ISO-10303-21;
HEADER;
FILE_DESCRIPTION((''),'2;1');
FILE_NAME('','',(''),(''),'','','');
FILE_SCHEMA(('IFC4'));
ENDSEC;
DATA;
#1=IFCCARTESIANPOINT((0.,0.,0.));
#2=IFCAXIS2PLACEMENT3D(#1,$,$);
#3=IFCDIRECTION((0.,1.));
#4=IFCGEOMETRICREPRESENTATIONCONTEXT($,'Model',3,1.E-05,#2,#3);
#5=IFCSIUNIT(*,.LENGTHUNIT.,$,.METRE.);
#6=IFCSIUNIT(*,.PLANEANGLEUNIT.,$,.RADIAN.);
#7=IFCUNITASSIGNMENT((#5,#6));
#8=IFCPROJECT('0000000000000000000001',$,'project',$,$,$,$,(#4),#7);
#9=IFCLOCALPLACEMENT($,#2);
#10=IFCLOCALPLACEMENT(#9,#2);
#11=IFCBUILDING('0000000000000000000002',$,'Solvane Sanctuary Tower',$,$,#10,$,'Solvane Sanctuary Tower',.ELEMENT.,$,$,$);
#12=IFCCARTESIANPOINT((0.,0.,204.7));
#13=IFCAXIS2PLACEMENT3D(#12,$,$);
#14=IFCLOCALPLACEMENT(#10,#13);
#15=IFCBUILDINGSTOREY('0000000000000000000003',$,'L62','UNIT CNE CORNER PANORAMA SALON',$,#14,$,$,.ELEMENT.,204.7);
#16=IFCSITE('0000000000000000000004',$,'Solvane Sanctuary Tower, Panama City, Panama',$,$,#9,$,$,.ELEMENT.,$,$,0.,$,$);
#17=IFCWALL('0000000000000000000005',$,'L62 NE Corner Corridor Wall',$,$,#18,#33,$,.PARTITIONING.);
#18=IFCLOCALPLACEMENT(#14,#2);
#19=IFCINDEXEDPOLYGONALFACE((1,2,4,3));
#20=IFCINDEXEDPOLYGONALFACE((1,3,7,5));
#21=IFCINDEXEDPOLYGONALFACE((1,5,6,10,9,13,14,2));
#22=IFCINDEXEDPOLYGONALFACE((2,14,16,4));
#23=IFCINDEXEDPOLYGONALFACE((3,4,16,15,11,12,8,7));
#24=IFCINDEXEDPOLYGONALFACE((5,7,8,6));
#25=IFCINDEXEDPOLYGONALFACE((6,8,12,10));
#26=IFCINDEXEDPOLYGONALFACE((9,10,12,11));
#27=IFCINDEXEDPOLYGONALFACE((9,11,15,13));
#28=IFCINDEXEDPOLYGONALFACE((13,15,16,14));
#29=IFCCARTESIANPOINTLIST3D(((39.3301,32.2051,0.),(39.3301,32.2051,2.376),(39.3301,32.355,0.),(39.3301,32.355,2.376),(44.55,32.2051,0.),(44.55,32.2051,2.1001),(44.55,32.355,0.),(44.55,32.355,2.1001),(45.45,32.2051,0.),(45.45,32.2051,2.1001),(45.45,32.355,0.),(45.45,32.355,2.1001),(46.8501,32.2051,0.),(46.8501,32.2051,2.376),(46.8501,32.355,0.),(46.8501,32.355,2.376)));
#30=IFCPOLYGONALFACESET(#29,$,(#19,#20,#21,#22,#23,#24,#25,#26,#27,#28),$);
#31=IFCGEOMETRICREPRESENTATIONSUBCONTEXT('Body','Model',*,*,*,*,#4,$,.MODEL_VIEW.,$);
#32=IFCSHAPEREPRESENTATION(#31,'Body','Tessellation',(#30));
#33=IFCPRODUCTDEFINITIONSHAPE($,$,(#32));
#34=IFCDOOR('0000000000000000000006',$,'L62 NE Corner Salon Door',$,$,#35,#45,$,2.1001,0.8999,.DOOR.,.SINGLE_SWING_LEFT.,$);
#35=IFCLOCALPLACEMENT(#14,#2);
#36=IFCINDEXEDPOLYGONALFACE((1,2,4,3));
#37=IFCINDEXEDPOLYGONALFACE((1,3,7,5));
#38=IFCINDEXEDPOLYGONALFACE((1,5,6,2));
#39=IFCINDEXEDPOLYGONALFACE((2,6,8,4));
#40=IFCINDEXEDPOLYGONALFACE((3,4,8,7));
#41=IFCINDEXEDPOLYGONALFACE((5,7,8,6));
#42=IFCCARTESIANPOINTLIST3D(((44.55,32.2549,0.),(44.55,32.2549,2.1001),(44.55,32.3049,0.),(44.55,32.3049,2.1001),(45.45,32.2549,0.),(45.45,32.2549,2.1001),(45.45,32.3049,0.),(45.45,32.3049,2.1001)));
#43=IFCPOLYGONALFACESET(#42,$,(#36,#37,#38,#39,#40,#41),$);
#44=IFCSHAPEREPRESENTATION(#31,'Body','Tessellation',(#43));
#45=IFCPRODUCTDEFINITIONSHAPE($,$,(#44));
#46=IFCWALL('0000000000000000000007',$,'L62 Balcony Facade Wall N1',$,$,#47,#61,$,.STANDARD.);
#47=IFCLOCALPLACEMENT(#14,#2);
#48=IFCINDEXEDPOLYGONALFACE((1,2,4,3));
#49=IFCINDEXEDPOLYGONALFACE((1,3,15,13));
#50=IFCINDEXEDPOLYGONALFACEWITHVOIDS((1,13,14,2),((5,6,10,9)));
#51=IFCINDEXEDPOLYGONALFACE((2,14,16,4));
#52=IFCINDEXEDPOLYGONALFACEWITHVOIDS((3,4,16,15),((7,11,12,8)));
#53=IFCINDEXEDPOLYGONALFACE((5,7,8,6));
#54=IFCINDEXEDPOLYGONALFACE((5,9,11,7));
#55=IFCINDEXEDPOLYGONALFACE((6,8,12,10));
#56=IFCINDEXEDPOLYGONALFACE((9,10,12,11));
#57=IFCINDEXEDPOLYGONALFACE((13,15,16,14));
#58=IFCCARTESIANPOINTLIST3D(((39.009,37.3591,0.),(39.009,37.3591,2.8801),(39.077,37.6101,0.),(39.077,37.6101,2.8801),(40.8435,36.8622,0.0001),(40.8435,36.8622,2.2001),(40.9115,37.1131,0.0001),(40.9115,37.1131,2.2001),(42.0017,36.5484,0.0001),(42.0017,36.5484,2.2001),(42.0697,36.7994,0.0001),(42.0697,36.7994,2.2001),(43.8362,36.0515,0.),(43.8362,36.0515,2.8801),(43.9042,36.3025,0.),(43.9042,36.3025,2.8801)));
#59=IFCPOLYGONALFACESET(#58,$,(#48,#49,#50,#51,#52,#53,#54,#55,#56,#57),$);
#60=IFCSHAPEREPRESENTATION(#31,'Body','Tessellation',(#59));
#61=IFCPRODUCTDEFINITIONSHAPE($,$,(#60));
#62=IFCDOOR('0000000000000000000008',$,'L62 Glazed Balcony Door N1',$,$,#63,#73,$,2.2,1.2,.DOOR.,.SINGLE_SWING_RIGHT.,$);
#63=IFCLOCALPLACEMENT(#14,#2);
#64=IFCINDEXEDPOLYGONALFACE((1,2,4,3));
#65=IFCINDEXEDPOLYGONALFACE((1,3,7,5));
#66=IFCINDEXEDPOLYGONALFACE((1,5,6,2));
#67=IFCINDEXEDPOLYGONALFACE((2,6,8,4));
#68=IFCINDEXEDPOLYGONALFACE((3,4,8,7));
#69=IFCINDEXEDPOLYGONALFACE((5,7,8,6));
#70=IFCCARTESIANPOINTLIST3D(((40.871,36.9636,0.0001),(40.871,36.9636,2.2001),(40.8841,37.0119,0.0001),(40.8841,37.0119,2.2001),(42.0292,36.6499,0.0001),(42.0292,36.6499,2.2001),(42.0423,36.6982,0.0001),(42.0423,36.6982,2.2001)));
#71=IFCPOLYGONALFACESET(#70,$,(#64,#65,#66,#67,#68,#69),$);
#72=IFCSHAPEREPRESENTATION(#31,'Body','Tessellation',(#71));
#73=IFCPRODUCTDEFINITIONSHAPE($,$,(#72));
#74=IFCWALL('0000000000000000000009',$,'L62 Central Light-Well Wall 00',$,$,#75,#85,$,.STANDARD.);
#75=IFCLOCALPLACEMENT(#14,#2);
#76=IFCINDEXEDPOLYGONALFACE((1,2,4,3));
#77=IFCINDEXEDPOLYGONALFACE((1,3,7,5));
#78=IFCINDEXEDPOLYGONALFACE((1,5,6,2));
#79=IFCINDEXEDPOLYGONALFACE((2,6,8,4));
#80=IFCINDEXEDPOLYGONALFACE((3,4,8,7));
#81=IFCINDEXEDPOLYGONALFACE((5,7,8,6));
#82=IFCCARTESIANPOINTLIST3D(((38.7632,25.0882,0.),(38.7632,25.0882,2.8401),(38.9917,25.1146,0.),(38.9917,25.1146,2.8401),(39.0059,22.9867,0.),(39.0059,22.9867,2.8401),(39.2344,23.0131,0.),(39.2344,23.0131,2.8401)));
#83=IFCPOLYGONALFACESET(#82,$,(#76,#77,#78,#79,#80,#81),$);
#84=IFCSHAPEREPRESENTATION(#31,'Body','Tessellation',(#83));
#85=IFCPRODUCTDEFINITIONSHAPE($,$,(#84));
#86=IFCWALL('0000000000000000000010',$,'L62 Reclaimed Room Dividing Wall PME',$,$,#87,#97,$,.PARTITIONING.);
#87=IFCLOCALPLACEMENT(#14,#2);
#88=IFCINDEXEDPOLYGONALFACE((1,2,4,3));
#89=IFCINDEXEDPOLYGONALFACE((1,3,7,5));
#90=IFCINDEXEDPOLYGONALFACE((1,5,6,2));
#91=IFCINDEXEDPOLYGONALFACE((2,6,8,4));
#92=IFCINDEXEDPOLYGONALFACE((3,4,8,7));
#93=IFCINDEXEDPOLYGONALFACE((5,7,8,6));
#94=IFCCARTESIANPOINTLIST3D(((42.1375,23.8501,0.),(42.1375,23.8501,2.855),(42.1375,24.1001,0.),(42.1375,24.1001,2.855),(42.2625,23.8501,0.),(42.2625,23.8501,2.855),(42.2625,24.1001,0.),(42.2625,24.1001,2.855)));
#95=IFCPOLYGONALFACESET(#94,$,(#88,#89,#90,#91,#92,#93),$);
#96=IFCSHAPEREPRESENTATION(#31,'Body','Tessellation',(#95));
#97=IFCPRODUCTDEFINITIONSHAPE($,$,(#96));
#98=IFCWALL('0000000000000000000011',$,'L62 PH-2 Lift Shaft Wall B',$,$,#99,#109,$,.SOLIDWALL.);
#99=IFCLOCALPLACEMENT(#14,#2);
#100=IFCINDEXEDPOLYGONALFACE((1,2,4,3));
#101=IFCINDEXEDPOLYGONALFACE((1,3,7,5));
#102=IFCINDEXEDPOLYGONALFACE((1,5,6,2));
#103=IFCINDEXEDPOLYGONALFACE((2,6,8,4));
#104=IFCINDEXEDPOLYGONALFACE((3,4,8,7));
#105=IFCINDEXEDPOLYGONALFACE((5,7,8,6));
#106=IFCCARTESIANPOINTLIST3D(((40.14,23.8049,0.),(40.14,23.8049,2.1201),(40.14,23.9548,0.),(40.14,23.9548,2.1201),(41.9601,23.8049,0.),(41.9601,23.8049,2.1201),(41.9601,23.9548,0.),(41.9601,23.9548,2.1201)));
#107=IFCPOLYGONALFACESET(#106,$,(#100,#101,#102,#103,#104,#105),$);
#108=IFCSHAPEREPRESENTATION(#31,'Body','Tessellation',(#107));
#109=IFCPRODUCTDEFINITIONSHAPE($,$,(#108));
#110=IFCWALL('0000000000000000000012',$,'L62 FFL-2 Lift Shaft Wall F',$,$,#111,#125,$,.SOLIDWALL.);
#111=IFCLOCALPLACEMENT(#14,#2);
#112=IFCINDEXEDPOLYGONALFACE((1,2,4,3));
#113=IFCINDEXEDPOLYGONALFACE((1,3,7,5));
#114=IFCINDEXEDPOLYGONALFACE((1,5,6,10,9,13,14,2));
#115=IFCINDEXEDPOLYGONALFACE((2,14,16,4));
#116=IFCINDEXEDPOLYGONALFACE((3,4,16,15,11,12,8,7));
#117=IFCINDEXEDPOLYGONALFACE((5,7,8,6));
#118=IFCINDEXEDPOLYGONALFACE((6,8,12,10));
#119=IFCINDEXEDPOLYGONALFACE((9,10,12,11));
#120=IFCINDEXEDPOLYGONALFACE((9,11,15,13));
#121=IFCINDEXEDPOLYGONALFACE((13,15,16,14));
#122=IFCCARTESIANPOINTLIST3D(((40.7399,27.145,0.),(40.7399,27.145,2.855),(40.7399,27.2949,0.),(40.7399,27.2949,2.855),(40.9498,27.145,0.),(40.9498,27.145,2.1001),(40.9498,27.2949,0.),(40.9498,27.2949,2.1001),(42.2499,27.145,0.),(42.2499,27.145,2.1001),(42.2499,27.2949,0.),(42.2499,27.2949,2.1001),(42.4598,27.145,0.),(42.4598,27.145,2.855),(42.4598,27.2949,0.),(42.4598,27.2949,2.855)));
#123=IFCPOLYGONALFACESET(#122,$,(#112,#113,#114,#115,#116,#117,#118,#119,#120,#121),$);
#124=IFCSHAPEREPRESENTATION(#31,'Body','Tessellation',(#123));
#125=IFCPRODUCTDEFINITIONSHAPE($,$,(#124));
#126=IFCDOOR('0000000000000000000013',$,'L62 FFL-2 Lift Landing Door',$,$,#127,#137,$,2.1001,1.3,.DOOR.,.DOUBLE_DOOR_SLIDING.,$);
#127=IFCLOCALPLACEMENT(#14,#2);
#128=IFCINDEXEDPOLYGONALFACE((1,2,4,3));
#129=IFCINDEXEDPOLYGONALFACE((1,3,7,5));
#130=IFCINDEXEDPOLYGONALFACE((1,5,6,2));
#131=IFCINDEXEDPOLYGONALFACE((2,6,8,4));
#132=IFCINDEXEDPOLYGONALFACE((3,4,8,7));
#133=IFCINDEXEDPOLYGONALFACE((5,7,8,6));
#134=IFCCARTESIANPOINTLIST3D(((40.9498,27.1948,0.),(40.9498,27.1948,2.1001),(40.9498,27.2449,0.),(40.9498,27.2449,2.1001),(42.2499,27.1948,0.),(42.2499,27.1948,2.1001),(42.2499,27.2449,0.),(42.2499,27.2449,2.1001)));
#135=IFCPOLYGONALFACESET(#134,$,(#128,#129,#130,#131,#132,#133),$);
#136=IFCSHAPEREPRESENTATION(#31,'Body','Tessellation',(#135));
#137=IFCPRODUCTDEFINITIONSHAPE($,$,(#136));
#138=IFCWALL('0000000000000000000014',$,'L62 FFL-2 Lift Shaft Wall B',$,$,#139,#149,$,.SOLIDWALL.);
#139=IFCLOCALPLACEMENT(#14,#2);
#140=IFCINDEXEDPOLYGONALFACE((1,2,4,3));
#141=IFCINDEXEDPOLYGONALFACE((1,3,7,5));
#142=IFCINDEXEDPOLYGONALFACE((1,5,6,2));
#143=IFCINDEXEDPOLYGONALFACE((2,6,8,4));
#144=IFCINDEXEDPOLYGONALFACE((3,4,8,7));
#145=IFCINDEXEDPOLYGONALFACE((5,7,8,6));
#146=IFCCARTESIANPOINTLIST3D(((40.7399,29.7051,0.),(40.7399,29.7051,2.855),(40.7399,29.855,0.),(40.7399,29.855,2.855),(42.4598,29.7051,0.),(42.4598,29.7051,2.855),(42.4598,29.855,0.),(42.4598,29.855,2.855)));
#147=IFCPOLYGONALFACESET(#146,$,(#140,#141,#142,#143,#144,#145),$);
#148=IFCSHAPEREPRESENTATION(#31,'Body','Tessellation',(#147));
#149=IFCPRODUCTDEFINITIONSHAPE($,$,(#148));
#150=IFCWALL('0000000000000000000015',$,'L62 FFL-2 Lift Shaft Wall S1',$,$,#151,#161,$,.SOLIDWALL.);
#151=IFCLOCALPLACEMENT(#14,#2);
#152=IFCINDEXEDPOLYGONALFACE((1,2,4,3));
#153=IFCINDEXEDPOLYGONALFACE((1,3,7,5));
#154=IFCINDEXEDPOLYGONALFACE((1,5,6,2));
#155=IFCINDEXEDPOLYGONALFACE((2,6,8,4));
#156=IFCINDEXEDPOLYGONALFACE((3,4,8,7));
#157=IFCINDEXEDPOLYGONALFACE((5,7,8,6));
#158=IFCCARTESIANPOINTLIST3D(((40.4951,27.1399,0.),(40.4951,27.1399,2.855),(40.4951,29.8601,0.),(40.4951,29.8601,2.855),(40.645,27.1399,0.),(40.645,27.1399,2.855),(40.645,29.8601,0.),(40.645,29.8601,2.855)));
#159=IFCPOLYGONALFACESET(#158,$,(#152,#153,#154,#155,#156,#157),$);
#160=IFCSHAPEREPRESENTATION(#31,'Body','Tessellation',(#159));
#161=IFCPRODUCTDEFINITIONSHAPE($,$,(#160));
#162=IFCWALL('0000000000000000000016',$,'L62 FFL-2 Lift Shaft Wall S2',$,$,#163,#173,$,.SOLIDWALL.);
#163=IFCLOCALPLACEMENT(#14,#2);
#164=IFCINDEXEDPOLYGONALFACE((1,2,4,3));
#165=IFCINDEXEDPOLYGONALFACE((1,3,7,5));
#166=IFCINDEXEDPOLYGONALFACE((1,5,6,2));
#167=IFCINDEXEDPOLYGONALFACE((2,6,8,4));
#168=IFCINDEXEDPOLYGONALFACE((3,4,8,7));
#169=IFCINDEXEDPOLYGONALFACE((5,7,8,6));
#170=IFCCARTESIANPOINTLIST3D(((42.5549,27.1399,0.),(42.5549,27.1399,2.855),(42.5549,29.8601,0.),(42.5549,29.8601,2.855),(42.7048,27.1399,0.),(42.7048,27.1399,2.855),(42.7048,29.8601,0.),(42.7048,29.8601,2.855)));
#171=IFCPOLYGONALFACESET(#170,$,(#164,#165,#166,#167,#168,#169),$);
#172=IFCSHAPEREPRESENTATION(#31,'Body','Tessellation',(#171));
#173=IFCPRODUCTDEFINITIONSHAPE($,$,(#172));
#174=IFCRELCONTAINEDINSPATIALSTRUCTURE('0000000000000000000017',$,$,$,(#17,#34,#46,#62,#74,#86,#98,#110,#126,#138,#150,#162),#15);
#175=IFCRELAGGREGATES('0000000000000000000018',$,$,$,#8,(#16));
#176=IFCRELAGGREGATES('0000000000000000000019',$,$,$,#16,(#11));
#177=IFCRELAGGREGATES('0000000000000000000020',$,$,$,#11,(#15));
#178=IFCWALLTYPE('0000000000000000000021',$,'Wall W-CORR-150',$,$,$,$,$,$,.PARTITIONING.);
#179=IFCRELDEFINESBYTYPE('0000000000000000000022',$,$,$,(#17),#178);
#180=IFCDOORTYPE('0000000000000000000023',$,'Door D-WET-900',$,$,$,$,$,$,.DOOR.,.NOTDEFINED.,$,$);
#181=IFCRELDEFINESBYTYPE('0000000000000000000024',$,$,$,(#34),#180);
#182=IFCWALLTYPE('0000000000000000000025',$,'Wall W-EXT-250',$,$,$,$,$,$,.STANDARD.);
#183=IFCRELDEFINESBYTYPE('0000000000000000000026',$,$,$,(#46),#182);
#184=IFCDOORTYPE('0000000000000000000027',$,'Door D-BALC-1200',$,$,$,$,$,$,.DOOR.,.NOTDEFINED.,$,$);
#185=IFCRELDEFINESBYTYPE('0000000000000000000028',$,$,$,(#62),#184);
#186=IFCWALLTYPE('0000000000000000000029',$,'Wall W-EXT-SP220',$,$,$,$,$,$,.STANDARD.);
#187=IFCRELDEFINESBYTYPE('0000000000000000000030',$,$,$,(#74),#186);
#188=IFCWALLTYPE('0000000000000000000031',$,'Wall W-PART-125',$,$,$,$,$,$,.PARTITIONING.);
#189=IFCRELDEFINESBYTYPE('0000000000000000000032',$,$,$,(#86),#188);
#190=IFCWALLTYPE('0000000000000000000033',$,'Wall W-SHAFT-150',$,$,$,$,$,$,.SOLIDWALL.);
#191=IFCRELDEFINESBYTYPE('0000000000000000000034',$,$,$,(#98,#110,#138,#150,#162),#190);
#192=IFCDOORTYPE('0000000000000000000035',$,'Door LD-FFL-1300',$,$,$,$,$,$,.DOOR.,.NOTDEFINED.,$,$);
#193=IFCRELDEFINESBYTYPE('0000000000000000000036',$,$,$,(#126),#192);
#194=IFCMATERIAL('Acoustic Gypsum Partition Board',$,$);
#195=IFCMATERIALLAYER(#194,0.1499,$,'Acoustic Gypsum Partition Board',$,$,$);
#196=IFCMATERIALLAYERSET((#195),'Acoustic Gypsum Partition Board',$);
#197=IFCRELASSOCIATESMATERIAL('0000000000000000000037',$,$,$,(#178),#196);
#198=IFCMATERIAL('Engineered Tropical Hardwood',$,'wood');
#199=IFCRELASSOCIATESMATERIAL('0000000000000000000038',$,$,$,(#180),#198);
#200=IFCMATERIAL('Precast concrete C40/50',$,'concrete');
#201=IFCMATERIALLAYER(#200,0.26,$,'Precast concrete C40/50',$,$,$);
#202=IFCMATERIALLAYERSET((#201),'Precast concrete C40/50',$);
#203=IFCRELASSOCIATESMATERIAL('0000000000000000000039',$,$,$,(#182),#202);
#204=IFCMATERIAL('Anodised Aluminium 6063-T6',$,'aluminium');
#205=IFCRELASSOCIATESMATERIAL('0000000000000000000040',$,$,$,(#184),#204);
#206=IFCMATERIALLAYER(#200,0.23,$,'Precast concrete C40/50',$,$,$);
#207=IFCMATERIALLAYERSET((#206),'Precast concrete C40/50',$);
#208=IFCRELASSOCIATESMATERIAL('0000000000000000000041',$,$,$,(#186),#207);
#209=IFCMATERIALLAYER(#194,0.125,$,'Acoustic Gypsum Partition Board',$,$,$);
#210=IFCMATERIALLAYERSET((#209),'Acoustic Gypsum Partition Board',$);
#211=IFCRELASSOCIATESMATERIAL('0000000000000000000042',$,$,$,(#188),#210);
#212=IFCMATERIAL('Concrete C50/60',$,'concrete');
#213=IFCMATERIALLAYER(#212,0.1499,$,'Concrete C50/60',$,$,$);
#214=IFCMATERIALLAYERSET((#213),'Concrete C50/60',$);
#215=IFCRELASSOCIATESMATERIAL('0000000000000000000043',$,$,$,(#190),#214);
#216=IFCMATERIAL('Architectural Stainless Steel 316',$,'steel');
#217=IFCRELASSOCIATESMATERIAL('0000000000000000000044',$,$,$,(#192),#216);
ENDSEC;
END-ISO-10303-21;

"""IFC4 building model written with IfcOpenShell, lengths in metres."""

from ifc_helpers import new_model, si_unit, direction, frame, frame_2d, origin, place, context, subcontext, project, spatial, rectangle, extrude, material, layer, layer_set, type_object, element, fill, save


model = new_model("IFC4")

# Units and contexts
model_context = context("Model", 3, precision=1e-05, world=origin(), true_north=direction((0.0, 1.0)))
body_context = subcontext(model_context, "Body", "Model", "MODEL_VIEW")
ifc_project = project(units=[si_unit("LENGTHUNIT", "METRE"), si_unit("PLANEANGLEUNIT", "RADIAN")], contexts=[model_context])

# Site, building, storey
site_placement = place(None, origin())
site = spatial("IfcSite", under=ifc_project, at=site_placement, Name="Solvane Sanctuary Tower, Panama City, Panama", CompositionType="ELEMENT", RefElevation=0.0)
building_placement = place(site_placement, origin())
building = spatial("IfcBuilding", under=site, at=building_placement, Name="Solvane Sanctuary Tower", LongName="Solvane Sanctuary Tower", CompositionType="ELEMENT")
storey_placement = place(building_placement, frame((0.0, 0.0, 204.7)))
storey = spatial("IfcBuildingStorey", under=building, at=storey_placement, Name="L62", Description="UNIT CNE CORNER PANORAMA SALON", CompositionType="ELEMENT", Elevation=204.7)

# Shared definitions
ifc_material_1 = material(Name="Concrete C50/60", Category="concrete")

# Shared definitions
ifc_material_2 = material(Name="Acoustic Gypsum Partition Board")
ifc_layer_1 = layer(ifc_material_2, 0.1499, Name="Acoustic Gypsum Partition Board")
ifc_layer_set_1 = layer_set([ifc_layer_1], Name="Acoustic Gypsum Partition Board")
wall_type_1 = type_object("IfcWallType", Name="Wall W-CORR-150", PredefinedType="PARTITIONING", material=ifc_layer_set_1)

# Walls, openings, doors
ifc_material_3 = material(Name="Architectural Stainless Steel 316", Category="steel")
wall_1_placement = place(storey_placement, frame((39.3301, 32.28, 0.0), z_axis=(0.0, 0.0, 1.0), x_axis=(1.0, 0.0, 0.0)))
wall_1 = element("IfcWall", 1, at=wall_1_placement, inside=storey, type_object=wall_type_1, Name="L62 NE Corner Corridor Wall", PredefinedType="PARTITIONING", context=body_context, shape_type="SweptSolid", body=[
    extrude(rectangle(XDim=7.52, YDim=0.1499, at=frame_2d((3.76, 0.0))), origin(), (0.0, 0.0, 1.0), 2.376),
])
opening_1_placement = place(wall_1_placement, frame((5.22, 0.0, 0.0)))
opening_1 = element("IfcOpeningElement", 2, at=opening_1_placement, cuts=wall_1, PredefinedType="OPENING", context=body_context, shape_type="SweptSolid", body=[
    extrude(rectangle(XDim=0.8999, YDim=2.1001, at=frame_2d((0.45, 1.05))), frame((0.0, 0.085, 0.0), z_axis=(0.0, -1.0, 0.0), x_axis=(1.0, 0.0, 0.0)), (0.0, 0.0, 1.0), 0.1699),
])
ifc_material_4 = material(Name="Engineered Tropical Hardwood", Category="wood")
door_type_1 = type_object("IfcDoorType", Name="Door D-WET-900", OperationType="NOTDEFINED", PredefinedType="DOOR", material=ifc_material_4)
door_1_placement = place(opening_1_placement, origin())
door_1 = element("IfcDoor", 3, at=door_1_placement, inside=storey, type_object=door_type_1, Name="L62 NE Corner Salon Door", OperationType="SINGLE_SWING_LEFT", OverallHeight=2.1001, OverallWidth=0.8999, PredefinedType="DOOR", context=body_context, shape_type="SweptSolid", body=[
    extrude(rectangle(XDim=0.8999, YDim=2.1001, at=frame_2d((0.45, 1.05))), frame((0.0, 0.0249, 0.0), z_axis=(0.0, -1.0, 0.0), x_axis=(1.0, 0.0, 0.0)), (0.0, 0.0, 1.0), 0.05),
])
fill(opening_1, door_1)
ifc_material_5 = material(Name="Precast concrete C40/50", Category="concrete")
ifc_layer_2 = layer(ifc_material_5, 0.26, Name="Precast concrete C40/50")
ifc_layer_set_2 = layer_set([ifc_layer_2], Name="Precast concrete C40/50")
wall_type_2 = type_object("IfcWallType", Name="Wall W-EXT-250", PredefinedType="STANDARD", material=ifc_layer_set_2)
wall_2_placement = place(storey_placement, frame((43.8701, 36.177, 0.0), z_axis=(0.0, 0.0, 1.0), x_axis=(-0.965213, 0.261465, 0.0)))
wall_2 = element("IfcWall", 4, at=wall_2_placement, inside=storey, type_object=wall_type_2, Name="L62 Balcony Facade Wall N1", PredefinedType="STANDARD", context=body_context, shape_type="SweptSolid", body=[
    extrude(rectangle(XDim=5.0012, YDim=0.26, at=frame_2d((2.5005, 0.0))), origin(), (0.0, 0.0, 1.0), 2.8801),
])
opening_2_placement = place(wall_2_placement, frame((1.9004, 0.0, 0.0)))
opening_2 = element("IfcOpeningElement", 5, at=opening_2_placement, cuts=wall_2, PredefinedType="OPENING", context=body_context, shape_type="SweptSolid", body=[
    extrude(rectangle(XDim=1.2, YDim=2.2, at=frame_2d((0.6001, 1.1001))), frame((0.0, 0.1399, 0.0), z_axis=(0.0, -1.0, 0.0), x_axis=(1.0, 0.0, 0.0)), (0.0, 0.0, 1.0), 0.28),
])
ifc_material_6 = material(Name="Anodised Aluminium 6063-T6", Category="aluminium")
door_type_2 = type_object("IfcDoorType", Name="Door D-BALC-1200", OperationType="NOTDEFINED", PredefinedType="DOOR", material=ifc_material_6)
door_2_placement = place(opening_2_placement, origin())
door_2 = element("IfcDoor", 6, at=door_2_placement, inside=storey, type_object=door_type_2, Name="L62 Glazed Balcony Door N1", OperationType="SINGLE_SWING_RIGHT", OverallHeight=2.2, OverallWidth=1.2, PredefinedType="DOOR", context=body_context, shape_type="SweptSolid", body=[
    extrude(rectangle(XDim=1.2, YDim=2.2, at=frame_2d((0.6001, 1.1001))), frame((0.0, 0.0249, 0.0), z_axis=(0.0, -1.0, 0.0), x_axis=(1.0, 0.0, 0.0)), (0.0, 0.0, 1.0), 0.05),
])
fill(opening_2, door_2)

# Walls
ifc_layer_3 = layer(ifc_material_5, 0.23, Name="Precast concrete C40/50")
ifc_layer_set_3 = layer_set([ifc_layer_3], Name="Precast concrete C40/50")
wall_type_3 = type_object("IfcWallType", Name="Wall W-EXT-SP220", PredefinedType="STANDARD", material=ifc_layer_set_3)
wall_3_placement = place(storey_placement, frame((39.1201, 23.0, 0.0), z_axis=(0.0, 0.0, 1.0), x_axis=(-0.114712, 0.993399, 0.0)))
element("IfcWall", 7, at=wall_3_placement, inside=storey, type_object=wall_type_3, Name="L62 Central Light-Well Wall 00", PredefinedType="STANDARD", context=body_context, shape_type="SweptSolid", body=[
    extrude(rectangle(XDim=2.1155, YDim=0.23, at=frame_2d((1.0576, 0.0))), origin(), (0.0, 0.0, 1.0), 2.8401),
])
ifc_layer_4 = layer(ifc_material_2, 0.125, Name="Acoustic Gypsum Partition Board")
ifc_layer_set_4 = layer_set([ifc_layer_4], Name="Acoustic Gypsum Partition Board")
wall_type_4 = type_object("IfcWallType", Name="Wall W-PART-125", PredefinedType="PARTITIONING", material=ifc_layer_set_4)
wall_4_placement = place(storey_placement, frame((42.2, 23.8501, 0.0), z_axis=(0.0, 0.0, 1.0), x_axis=(0.0, 1.0, 0.0)))
element("IfcWall", 8, at=wall_4_placement, inside=storey, type_object=wall_type_4, Name="L62 Reclaimed Room Dividing Wall PME", PredefinedType="PARTITIONING", context=body_context, shape_type="SweptSolid", body=[
    extrude(rectangle(XDim=0.25, YDim=0.125, at=frame_2d((0.125, 0.0))), origin(), (0.0, 0.0, 1.0), 2.855),
])
ifc_layer_5 = layer(ifc_material_1, 0.1499, Name="Concrete C50/60")
ifc_layer_set_5 = layer_set([ifc_layer_5], Name="Concrete C50/60")
wall_type_5 = type_object("IfcWallType", Name="Wall W-SHAFT-150", PredefinedType="SOLIDWALL", material=ifc_layer_set_5)
wall_5_placement = place(storey_placement, frame((40.1399, 23.8799, 0.0), z_axis=(0.0, 0.0, 1.0), x_axis=(1.0, 0.0, 0.0)))
element("IfcWall", 9, at=wall_5_placement, inside=storey, type_object=wall_type_5, Name="L62 PH-2 Lift Shaft Wall B", PredefinedType="SOLIDWALL", context=body_context, shape_type="SweptSolid", body=[
    extrude(rectangle(XDim=1.8201, YDim=0.1499, at=frame_2d((0.9102, 0.0))), origin(), (0.0, 0.0, 1.0), 2.1201),
])

# Wall, opening, door
wall_6_placement = place(storey_placement, frame((40.74, 27.22, 0.0), z_axis=(0.0, 0.0, 1.0), x_axis=(1.0, 0.0, 0.0)))
wall_6 = element("IfcWall", 10, at=wall_6_placement, inside=storey, type_object=wall_type_5, Name="L62 FFL-2 Lift Shaft Wall F", PredefinedType="SOLIDWALL", context=body_context, shape_type="SweptSolid", body=[
    extrude(rectangle(XDim=1.72, YDim=0.1499, at=frame_2d((0.8599, 0.0))), origin(), (0.0, 0.0, 1.0), 2.855),
])
opening_3_placement = place(wall_6_placement, frame((0.21, 0.0, 0.0)))
opening_3 = element("IfcOpeningElement", 11, at=opening_3_placement, cuts=wall_6, PredefinedType="OPENING", context=body_context, shape_type="SweptSolid", body=[
    extrude(rectangle(XDim=1.3, YDim=2.1001, at=frame_2d((0.6499, 1.05))), frame((0.0, 0.085, 0.0), z_axis=(0.0, -1.0, 0.0), x_axis=(1.0, 0.0, 0.0)), (0.0, 0.0, 1.0), 0.1699),
])
door_type_3 = type_object("IfcDoorType", Name="Door LD-FFL-1300", OperationType="NOTDEFINED", PredefinedType="DOOR", material=ifc_material_3)
door_3_placement = place(opening_3_placement, origin())
door_3 = element("IfcDoor", 12, at=door_3_placement, inside=storey, type_object=door_type_3, Name="L62 FFL-2 Lift Landing Door", OperationType="DOUBLE_DOOR_SLIDING", OverallHeight=2.1001, OverallWidth=1.3, PredefinedType="DOOR", context=body_context, shape_type="SweptSolid", body=[
    extrude(rectangle(XDim=1.3, YDim=2.1001, at=frame_2d((0.6499, 1.05))), frame((0.0, 0.0249, 0.0), z_axis=(0.0, -1.0, 0.0), x_axis=(1.0, 0.0, 0.0)), (0.0, 0.0, 1.0), 0.05),
])
fill(opening_3, door_3)

# Walls
wall_7_placement = place(storey_placement, frame((40.74, 29.78, 0.0), z_axis=(0.0, 0.0, 1.0), x_axis=(1.0, 0.0, 0.0)))
element("IfcWall", 13, at=wall_7_placement, inside=storey, type_object=wall_type_5, Name="L62 FFL-2 Lift Shaft Wall B", PredefinedType="SOLIDWALL", context=body_context, shape_type="SweptSolid", body=[
    extrude(rectangle(XDim=1.72, YDim=0.1499, at=frame_2d((0.8599, 0.0))), origin(), (0.0, 0.0, 1.0), 2.855),
])
for number, where, z_axis, x_axis, name in (
    (14, (40.5701, 27.1399, 0.0), (0.0, 0.0, 1.0), (0.0, 1.0, 0.0), "L62 FFL-2 Lift Shaft Wall S1"),
    (15, (42.6299, 27.1399, 0.0), (0.0, 0.0, 1.0), (0.0, 1.0, 0.0), "L62 FFL-2 Lift Shaft Wall S2"),
):
    element("IfcWall", number, at=place(storey_placement, frame(where, z_axis=z_axis, x_axis=x_axis)), inside=storey, type_object=wall_type_5, Name=name, PredefinedType="SOLIDWALL", context=body_context, shape_type="SweptSolid", body=[
        extrude(rectangle(XDim=2.7202, YDim=0.1499, at=frame_2d((1.3601, 0.0))), origin(), (0.0, 0.0, 1.0), 2.855),
    ])

save(model, "model.ifc")
